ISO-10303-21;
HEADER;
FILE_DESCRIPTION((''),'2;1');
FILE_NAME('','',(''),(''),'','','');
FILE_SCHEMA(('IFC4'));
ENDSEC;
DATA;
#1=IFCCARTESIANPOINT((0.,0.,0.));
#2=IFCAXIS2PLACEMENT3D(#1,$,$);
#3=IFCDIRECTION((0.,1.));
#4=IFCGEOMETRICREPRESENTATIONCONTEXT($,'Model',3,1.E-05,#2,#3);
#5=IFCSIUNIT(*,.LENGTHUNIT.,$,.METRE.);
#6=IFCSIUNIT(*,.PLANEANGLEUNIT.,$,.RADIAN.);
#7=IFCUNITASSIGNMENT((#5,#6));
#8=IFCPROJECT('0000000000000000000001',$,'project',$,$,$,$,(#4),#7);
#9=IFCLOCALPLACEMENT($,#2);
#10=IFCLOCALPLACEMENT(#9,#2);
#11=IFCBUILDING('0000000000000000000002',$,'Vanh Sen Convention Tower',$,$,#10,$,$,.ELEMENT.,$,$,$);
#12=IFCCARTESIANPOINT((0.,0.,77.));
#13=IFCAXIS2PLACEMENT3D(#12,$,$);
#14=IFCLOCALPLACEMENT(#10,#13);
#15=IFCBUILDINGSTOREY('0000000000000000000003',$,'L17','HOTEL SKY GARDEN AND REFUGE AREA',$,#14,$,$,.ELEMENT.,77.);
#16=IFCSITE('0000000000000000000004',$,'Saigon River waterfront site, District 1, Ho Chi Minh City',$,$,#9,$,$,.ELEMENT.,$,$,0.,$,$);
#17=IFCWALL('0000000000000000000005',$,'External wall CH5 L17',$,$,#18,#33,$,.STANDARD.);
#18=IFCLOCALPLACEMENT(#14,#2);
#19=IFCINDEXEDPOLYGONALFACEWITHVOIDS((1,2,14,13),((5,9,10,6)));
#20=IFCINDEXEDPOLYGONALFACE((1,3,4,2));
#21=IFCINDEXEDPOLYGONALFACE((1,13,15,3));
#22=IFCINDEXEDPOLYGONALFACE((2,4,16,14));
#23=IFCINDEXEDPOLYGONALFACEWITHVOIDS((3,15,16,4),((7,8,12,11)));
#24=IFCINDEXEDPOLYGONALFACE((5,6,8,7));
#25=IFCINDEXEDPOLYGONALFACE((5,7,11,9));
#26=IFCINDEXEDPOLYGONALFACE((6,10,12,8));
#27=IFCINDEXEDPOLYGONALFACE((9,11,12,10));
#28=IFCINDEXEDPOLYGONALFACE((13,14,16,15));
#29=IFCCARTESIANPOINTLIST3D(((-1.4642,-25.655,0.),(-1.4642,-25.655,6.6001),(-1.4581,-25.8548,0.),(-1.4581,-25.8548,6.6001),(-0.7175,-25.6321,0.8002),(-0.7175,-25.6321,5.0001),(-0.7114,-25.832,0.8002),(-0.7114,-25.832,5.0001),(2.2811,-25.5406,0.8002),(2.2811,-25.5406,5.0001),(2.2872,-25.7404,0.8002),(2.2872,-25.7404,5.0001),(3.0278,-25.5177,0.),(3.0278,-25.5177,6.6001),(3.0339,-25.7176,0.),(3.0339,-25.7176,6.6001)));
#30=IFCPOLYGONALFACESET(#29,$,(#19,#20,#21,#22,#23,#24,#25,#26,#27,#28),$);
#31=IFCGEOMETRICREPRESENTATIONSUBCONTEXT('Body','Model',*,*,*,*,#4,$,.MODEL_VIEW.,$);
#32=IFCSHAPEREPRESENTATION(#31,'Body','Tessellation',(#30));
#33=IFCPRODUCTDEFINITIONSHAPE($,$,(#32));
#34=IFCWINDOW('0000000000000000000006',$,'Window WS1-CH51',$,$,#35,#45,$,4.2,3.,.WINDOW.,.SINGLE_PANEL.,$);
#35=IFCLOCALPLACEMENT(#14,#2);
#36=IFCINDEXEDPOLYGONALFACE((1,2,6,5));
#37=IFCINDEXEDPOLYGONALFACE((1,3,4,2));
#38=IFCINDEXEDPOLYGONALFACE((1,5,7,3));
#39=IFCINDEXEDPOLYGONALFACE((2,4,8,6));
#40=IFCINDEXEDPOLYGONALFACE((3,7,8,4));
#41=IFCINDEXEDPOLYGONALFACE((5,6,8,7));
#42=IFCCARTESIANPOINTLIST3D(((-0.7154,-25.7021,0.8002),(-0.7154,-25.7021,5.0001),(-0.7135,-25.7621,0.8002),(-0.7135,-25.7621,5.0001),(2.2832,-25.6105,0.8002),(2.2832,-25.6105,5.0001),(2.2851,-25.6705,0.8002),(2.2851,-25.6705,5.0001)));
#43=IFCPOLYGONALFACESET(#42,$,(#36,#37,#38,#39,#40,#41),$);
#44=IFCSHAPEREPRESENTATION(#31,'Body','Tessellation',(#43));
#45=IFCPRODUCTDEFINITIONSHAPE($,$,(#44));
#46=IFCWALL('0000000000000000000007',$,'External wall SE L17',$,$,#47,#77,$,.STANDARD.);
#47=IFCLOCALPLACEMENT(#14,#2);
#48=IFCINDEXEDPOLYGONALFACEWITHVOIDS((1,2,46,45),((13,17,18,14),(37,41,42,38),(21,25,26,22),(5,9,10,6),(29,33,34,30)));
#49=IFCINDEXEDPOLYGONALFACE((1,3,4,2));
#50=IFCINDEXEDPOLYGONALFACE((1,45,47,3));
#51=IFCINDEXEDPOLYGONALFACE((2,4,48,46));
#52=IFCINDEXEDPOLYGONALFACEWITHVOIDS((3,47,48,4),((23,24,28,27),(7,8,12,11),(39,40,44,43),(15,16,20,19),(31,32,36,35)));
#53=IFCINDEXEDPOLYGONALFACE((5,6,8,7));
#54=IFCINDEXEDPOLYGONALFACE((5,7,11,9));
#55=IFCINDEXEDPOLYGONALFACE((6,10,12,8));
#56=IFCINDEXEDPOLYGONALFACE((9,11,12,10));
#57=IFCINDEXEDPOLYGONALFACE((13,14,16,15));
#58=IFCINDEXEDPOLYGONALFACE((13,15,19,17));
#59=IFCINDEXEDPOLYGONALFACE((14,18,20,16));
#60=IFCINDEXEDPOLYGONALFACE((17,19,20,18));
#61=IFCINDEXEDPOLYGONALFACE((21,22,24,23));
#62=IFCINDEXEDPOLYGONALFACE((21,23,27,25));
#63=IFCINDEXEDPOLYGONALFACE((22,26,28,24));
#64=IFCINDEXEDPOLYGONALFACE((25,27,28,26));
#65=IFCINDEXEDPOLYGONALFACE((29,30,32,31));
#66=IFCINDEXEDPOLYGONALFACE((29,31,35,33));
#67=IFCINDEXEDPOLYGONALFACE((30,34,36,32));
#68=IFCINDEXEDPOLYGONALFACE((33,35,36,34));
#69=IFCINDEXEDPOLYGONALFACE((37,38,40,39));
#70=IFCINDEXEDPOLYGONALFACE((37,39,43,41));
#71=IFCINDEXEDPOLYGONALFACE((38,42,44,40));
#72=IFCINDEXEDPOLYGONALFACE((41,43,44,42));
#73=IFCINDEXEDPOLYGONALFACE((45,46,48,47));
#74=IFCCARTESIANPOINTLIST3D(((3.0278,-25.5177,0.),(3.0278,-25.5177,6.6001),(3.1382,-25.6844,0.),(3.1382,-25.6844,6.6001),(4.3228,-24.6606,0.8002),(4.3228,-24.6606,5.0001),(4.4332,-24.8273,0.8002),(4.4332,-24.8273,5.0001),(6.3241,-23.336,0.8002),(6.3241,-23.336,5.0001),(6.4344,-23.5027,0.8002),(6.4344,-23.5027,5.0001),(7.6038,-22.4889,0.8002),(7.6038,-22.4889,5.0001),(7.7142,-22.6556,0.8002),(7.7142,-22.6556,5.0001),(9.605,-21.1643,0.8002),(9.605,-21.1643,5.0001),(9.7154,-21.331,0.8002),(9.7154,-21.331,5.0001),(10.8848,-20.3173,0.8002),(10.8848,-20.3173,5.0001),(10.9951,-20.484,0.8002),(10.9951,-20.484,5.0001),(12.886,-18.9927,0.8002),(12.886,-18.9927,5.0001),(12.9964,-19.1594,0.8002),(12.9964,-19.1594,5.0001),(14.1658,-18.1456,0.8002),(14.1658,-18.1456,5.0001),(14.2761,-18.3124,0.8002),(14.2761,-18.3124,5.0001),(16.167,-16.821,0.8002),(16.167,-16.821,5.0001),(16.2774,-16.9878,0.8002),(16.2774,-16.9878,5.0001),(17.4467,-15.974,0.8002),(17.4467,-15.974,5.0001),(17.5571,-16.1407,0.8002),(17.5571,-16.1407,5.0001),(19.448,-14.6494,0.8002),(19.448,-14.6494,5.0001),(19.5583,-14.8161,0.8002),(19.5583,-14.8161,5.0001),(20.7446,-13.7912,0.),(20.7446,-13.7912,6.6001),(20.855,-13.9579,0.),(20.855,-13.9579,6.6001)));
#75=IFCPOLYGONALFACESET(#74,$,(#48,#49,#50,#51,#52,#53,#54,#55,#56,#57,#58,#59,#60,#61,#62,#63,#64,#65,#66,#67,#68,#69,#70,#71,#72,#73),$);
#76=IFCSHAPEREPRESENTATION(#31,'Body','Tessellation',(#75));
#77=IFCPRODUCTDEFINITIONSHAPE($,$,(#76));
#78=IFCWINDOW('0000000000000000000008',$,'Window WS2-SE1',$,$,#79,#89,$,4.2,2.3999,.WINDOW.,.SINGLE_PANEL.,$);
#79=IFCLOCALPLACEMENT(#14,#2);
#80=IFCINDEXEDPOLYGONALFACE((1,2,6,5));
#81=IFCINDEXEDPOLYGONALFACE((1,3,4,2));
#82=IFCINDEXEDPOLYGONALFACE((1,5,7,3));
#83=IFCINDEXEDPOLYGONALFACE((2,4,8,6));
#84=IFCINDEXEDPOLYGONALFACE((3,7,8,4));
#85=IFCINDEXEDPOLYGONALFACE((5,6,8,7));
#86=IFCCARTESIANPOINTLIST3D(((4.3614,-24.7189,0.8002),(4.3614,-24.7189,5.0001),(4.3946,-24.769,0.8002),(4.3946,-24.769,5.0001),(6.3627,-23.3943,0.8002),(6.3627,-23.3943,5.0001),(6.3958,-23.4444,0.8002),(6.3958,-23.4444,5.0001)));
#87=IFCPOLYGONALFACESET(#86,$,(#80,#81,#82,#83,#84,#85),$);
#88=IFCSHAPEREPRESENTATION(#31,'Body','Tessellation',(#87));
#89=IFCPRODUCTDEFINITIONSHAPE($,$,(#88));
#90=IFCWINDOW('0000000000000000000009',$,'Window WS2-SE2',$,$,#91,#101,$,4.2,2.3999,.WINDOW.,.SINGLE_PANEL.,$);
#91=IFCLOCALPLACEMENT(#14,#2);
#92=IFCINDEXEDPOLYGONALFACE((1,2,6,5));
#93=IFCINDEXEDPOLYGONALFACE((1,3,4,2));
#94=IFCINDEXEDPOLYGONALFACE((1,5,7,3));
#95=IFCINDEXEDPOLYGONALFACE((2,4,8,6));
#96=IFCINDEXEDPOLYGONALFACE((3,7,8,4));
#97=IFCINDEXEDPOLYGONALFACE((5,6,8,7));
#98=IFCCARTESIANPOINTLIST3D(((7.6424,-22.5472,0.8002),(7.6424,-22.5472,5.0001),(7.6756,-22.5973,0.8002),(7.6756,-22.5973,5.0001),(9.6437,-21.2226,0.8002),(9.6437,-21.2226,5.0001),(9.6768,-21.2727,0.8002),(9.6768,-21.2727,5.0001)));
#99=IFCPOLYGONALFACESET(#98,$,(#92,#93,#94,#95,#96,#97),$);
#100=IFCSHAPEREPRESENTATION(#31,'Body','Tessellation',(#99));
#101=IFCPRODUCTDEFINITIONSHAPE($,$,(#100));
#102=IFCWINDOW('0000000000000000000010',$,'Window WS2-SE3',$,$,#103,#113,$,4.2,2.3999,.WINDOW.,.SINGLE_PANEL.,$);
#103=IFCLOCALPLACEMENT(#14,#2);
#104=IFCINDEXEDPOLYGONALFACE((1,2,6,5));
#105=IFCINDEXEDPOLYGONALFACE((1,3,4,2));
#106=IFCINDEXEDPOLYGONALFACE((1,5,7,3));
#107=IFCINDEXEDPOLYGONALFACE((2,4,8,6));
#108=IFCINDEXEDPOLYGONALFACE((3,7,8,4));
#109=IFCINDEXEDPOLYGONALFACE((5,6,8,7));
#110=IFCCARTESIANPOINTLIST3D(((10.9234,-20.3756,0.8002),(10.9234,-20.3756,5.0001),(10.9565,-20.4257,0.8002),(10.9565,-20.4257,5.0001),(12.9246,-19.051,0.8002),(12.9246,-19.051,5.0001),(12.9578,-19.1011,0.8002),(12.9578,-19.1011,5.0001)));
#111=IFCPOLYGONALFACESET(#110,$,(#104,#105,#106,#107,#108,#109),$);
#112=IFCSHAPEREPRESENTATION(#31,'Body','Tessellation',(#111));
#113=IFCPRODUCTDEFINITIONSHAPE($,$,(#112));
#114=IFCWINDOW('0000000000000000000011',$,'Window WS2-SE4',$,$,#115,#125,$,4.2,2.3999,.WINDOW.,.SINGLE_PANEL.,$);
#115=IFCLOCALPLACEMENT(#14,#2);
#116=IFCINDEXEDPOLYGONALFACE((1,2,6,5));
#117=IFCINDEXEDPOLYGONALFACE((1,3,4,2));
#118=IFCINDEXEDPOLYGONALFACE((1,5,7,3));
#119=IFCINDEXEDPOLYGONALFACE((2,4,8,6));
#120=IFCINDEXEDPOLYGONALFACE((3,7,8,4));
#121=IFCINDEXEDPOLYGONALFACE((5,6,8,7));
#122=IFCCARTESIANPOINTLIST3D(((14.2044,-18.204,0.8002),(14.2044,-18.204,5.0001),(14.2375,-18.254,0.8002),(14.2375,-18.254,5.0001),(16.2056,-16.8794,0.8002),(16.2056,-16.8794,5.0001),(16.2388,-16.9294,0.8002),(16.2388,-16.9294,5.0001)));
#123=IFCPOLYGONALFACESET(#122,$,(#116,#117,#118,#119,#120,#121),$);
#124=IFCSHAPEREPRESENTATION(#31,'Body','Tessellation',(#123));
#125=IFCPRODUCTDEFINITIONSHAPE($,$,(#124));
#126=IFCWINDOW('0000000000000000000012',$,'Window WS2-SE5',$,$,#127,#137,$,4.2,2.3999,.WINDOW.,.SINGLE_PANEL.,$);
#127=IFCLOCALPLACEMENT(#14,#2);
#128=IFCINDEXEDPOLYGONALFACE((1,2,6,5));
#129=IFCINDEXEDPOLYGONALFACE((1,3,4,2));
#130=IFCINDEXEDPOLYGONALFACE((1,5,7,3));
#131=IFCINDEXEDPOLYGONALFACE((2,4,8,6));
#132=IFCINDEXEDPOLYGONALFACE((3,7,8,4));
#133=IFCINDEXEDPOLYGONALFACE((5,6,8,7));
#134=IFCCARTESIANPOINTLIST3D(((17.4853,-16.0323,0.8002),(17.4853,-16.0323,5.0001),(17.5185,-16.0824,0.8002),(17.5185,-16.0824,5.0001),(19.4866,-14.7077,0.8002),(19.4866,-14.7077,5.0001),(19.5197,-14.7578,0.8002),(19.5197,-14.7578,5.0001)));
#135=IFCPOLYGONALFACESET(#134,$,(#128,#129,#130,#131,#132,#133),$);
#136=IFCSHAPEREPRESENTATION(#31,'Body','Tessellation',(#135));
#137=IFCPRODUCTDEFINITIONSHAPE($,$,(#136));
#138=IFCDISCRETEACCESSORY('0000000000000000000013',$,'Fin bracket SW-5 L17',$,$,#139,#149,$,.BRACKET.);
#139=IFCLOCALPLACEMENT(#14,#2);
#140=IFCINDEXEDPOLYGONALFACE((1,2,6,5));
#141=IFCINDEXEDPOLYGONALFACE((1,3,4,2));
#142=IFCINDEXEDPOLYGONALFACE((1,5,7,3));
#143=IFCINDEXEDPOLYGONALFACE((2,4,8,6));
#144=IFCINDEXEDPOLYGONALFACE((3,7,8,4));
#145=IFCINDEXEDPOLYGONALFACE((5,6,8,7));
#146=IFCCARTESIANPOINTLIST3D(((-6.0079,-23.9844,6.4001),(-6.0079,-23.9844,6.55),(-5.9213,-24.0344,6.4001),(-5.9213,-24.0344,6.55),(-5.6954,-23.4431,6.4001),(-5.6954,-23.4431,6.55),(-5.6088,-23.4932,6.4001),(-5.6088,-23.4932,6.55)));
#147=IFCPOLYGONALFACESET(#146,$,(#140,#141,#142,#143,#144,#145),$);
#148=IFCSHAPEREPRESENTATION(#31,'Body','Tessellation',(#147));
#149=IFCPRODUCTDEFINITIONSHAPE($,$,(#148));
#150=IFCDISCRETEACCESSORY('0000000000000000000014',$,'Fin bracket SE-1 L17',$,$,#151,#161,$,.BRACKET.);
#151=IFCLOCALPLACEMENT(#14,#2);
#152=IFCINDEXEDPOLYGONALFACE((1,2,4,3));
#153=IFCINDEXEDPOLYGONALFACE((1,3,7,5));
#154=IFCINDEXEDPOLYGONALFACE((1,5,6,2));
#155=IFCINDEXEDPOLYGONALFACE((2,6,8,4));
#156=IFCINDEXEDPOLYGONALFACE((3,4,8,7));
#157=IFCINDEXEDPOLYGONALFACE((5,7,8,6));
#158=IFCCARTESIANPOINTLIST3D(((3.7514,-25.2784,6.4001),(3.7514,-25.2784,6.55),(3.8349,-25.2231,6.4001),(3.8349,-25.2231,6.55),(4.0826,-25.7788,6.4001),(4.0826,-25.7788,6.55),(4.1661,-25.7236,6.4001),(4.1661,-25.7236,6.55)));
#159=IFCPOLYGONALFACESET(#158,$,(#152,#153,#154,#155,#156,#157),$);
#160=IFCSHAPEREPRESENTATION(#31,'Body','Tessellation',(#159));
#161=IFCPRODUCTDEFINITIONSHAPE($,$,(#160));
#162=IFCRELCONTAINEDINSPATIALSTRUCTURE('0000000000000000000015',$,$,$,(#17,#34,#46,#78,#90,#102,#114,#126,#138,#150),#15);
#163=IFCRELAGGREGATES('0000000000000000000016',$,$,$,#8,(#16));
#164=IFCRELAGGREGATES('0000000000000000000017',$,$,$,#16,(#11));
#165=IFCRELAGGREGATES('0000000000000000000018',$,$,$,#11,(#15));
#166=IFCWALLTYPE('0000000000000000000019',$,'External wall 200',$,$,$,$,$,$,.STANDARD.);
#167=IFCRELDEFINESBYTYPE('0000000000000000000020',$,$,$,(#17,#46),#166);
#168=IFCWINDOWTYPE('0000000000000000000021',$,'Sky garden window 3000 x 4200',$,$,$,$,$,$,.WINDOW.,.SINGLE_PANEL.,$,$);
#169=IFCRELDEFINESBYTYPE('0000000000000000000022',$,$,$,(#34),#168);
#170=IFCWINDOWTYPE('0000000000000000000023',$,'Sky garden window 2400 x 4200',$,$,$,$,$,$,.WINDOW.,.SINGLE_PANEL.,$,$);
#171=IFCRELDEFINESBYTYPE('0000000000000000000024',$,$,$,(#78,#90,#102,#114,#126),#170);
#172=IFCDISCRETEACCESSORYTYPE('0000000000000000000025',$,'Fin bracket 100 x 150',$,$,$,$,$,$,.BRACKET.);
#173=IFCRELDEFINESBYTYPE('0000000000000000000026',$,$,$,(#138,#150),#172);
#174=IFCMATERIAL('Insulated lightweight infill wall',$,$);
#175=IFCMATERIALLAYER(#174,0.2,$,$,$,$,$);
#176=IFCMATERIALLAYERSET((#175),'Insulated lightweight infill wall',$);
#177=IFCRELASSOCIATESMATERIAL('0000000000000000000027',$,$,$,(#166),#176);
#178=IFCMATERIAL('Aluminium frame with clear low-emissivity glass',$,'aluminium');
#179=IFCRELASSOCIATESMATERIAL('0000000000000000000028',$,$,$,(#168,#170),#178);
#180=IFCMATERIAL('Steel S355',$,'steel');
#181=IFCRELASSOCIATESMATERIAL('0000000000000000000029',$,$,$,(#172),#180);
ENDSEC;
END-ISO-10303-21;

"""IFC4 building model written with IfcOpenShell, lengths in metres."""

from ifc_helpers import new_model, si_unit, direction, frame, frame_2d, origin, origin_2d, place, context, subcontext, project, spatial, rectangle, extrude, material, layer, layer_set, type_object, element, fill, save


model = new_model("IFC4")

# Units and contexts
model_context = context("Model", 3, precision=1e-05, world=origin(), true_north=direction((0.0, 1.0)))
body_context = subcontext(model_context, "Body", "Model", "MODEL_VIEW")
ifc_project = project(units=[si_unit("LENGTHUNIT", "METRE"), si_unit("PLANEANGLEUNIT", "RADIAN")], contexts=[model_context])

# Site, building, storey
site_placement = place(None, origin())
site = spatial("IfcSite", under=ifc_project, at=site_placement, Name="Saigon River waterfront site, District 1, Ho Chi Minh City", CompositionType="ELEMENT", RefElevation=0.0)
building_placement = place(site_placement, origin())
building = spatial("IfcBuilding", under=site, at=building_placement, Name="Vanh Sen Convention Tower", CompositionType="ELEMENT")
storey_placement = place(building_placement, frame((0.0, 0.0, 77.0)))
storey = spatial("IfcBuildingStorey", under=building, at=storey_placement, Name="L17", Description="HOTEL SKY GARDEN AND REFUGE AREA", CompositionType="ELEMENT", Elevation=77.0)

# Wall, opening, window
ifc_material_1 = material(Name="Insulated lightweight infill wall")
ifc_layer_1 = layer(ifc_material_1, 0.2)
ifc_layer_set_1 = layer_set([ifc_layer_1], Name="Insulated lightweight infill wall")
wall_type = type_object("IfcWallType", Name="External wall 200", PredefinedType="STANDARD", material=ifc_layer_set_1)
wall_1_placement = place(storey_placement, frame((-1.4612, -25.7549, 0.0), z_axis=(0.0, 0.0, 1.0), x_axis=(0.999534, 0.030531, 0.0)))
wall_1 = element("IfcWall", 1, at=wall_1_placement, inside=storey, type_object=wall_type, Name="External wall CH5 L17", PredefinedType="STANDARD", context=body_context, shape_type="SweptSolid", body=[
    extrude(rectangle(XDim=4.4941, YDim=0.2, at=frame_2d((2.2471, 0.0))), origin(), (0.0, 0.0, 1.0), 6.6001),
])
opening_1_placement = place(wall_1_placement, frame((0.7471, 0.0, 0.8)))
opening_1 = element("IfcOpeningElement", 2, at=opening_1_placement, cuts=wall_1, PredefinedType="OPENING", context=body_context, shape_type="SweptSolid", body=[
    extrude(rectangle(XDim=3.0, YDim=4.2, at=frame_2d((1.5, 2.1001))), frame((0.0, 0.1099, 0.0), z_axis=(0.0, -1.0, 0.0), x_axis=(1.0, 0.0, 0.0)), (0.0, 0.0, 1.0), 0.22),
])
ifc_material_2 = material(Name="Aluminium frame with clear low-emissivity glass", Category="aluminium")
window_type_1 = type_object("IfcWindowType", Name="Sky garden window 3000 x 4200", PartitioningType="SINGLE_PANEL", PredefinedType="WINDOW", material=ifc_material_2)
window_1_placement = place(opening_1_placement, origin())
window_1 = element("IfcWindow", 3, at=window_1_placement, inside=storey, type_object=window_type_1, Name="Window WS1-CH51", OverallHeight=4.2, OverallWidth=3.0, PartitioningType="SINGLE_PANEL", PredefinedType="WINDOW", context=body_context, shape_type="SweptSolid", body=[
    extrude(rectangle(XDim=3.0, YDim=4.2, at=frame_2d((1.5, 2.1001))), frame((0.0, 0.03, 0.0), z_axis=(0.0, -1.0, 0.0), x_axis=(1.0, 0.0, 0.0)), (0.0, 0.0, 1.0), 0.0601),
])
fill(opening_1, window_1)

# Wall, openings, windows
wall_2_placement = place(storey_placement, frame((3.083, -25.6011, 0.0), z_axis=(0.0, 0.0, 1.0), x_axis=(0.833884, 0.551939, 0.0)))
wall_2 = element("IfcWall", 4, at=wall_2_placement, inside=storey, type_object=wall_type, Name="External wall SE L17", PredefinedType="STANDARD", context=body_context, shape_type="SweptSolid", body=[
    extrude(rectangle(XDim=21.2461, YDim=0.2, at=frame_2d((10.623, 0.0))), origin(), (0.0, 0.0, 1.0), 6.6001),
])
opening_2_placement = place(wall_2_placement, frame((1.553, 0.0, 0.8)))
opening_2 = element("IfcOpeningElement", 5, at=opening_2_placement, cuts=wall_2, PredefinedType="OPENING", context=body_context, shape_type="SweptSolid", body=[
    extrude(rectangle(XDim=2.3999, YDim=4.2, at=frame_2d((1.2, 2.1001))), frame((0.0, 0.1099, 0.0), z_axis=(0.0, -1.0, 0.0), x_axis=(1.0, 0.0, 0.0)), (0.0, 0.0, 1.0), 0.22),
])
opening_3_placement = place(wall_2_placement, frame((5.4875, 0.0, 0.8)))
opening_3 = element("IfcOpeningElement", 6, at=opening_3_placement, cuts=wall_2, PredefinedType="OPENING", context=body_context, shape_type="SweptSolid", body=[
    extrude(rectangle(XDim=2.3999, YDim=4.2, at=frame_2d((1.2, 2.1001))), frame((0.0, 0.1099, 0.0), z_axis=(0.0, -1.0, 0.0), x_axis=(1.0, 0.0, 0.0)), (0.0, 0.0, 1.0), 0.22),
])
opening_4_placement = place(wall_2_placement, frame((9.4221, 0.0, 0.8)))
opening_4 = element("IfcOpeningElement", 7, at=opening_4_placement, cuts=wall_2, PredefinedType="OPENING", context=body_context, shape_type="SweptSolid", body=[
    extrude(rectangle(XDim=2.3999, YDim=4.2, at=frame_2d((1.2, 2.1001))), frame((0.0, 0.1099, 0.0), z_axis=(0.0, -1.0, 0.0), x_axis=(1.0, 0.0, 0.0)), (0.0, 0.0, 1.0), 0.22),
])
opening_5_placement = place(wall_2_placement, frame((13.3567, 0.0, 0.8)))
opening_5 = element("IfcOpeningElement", 8, at=opening_5_placement, cuts=wall_2, PredefinedType="OPENING", context=body_context, shape_type="SweptSolid", body=[
    extrude(rectangle(XDim=2.3999, YDim=4.2, at=frame_2d((1.2, 2.1001))), frame((0.0, 0.1099, 0.0), z_axis=(0.0, -1.0, 0.0), x_axis=(1.0, 0.0, 0.0)), (0.0, 0.0, 1.0), 0.22),
])
opening_6_placement = place(wall_2_placement, frame((17.2913, 0.0, 0.8)))
opening_6 = element("IfcOpeningElement", 9, at=opening_6_placement, cuts=wall_2, PredefinedType="OPENING", context=body_context, shape_type="SweptSolid", body=[
    extrude(rectangle(XDim=2.3999, YDim=4.2, at=frame_2d((1.2, 2.1001))), frame((0.0, 0.1099, 0.0), z_axis=(0.0, -1.0, 0.0), x_axis=(1.0, 0.0, 0.0)), (0.0, 0.0, 1.0), 0.22),
])
window_type_2 = type_object("IfcWindowType", Name="Sky garden window 2400 x 4200", PartitioningType="SINGLE_PANEL", PredefinedType="WINDOW", material=ifc_material_2)
window_2_placement = place(opening_2_placement, origin())
window_2 = element("IfcWindow", 10, at=window_2_placement, inside=storey, type_object=window_type_2, Name="Window WS2-SE1", OverallHeight=4.2, OverallWidth=2.3999, PartitioningType="SINGLE_PANEL", PredefinedType="WINDOW", context=body_context, shape_type="SweptSolid", body=[
    extrude(rectangle(XDim=2.3999, YDim=4.2, at=frame_2d((1.2, 2.1001))), frame((0.0, 0.03, 0.0), z_axis=(0.0, -1.0, 0.0), x_axis=(1.0, 0.0, 0.0)), (0.0, 0.0, 1.0), 0.0601),
])
fill(opening_2, window_2)
window_3_placement = place(opening_3_placement, origin())
window_3 = element("IfcWindow", 11, at=window_3_placement, inside=storey, type_object=window_type_2, Name="Window WS2-SE2", OverallHeight=4.2, OverallWidth=2.3999, PartitioningType="SINGLE_PANEL", PredefinedType="WINDOW", context=body_context, shape_type="SweptSolid", body=[
    extrude(rectangle(XDim=2.3999, YDim=4.2, at=frame_2d((1.2, 2.1001))), frame((0.0, 0.03, 0.0), z_axis=(0.0, -1.0, 0.0), x_axis=(1.0, 0.0, 0.0)), (0.0, 0.0, 1.0), 0.0601),
])
fill(opening_3, window_3)
window_4_placement = place(opening_4_placement, origin())
window_4 = element("IfcWindow", 12, at=window_4_placement, inside=storey, type_object=window_type_2, Name="Window WS2-SE3", OverallHeight=4.2, OverallWidth=2.3999, PartitioningType="SINGLE_PANEL", PredefinedType="WINDOW", context=body_context, shape_type="SweptSolid", body=[
    extrude(rectangle(XDim=2.3999, YDim=4.2, at=frame_2d((1.2, 2.1001))), frame((0.0, 0.03, 0.0), z_axis=(0.0, -1.0, 0.0), x_axis=(1.0, 0.0, 0.0)), (0.0, 0.0, 1.0), 0.0601),
])
fill(opening_4, window_4)
window_5_placement = place(opening_5_placement, origin())
window_5 = element("IfcWindow", 13, at=window_5_placement, inside=storey, type_object=window_type_2, Name="Window WS2-SE4", OverallHeight=4.2, OverallWidth=2.3999, PartitioningType="SINGLE_PANEL", PredefinedType="WINDOW", context=body_context, shape_type="SweptSolid", body=[
    extrude(rectangle(XDim=2.3999, YDim=4.2, at=frame_2d((1.2, 2.1001))), frame((0.0, 0.03, 0.0), z_axis=(0.0, -1.0, 0.0), x_axis=(1.0, 0.0, 0.0)), (0.0, 0.0, 1.0), 0.0601),
])
fill(opening_5, window_5)
window_6_placement = place(opening_6_placement, origin())
window_6 = element("IfcWindow", 14, at=window_6_placement, inside=storey, type_object=window_type_2, Name="Window WS2-SE5", OverallHeight=4.2, OverallWidth=2.3999, PartitioningType="SINGLE_PANEL", PredefinedType="WINDOW", context=body_context, shape_type="SweptSolid", body=[
    extrude(rectangle(XDim=2.3999, YDim=4.2, at=frame_2d((1.2, 2.1001))), frame((0.0, 0.03, 0.0), z_axis=(0.0, -1.0, 0.0), x_axis=(1.0, 0.0, 0.0)), (0.0, 0.0, 1.0), 0.0601),
])
fill(opening_6, window_6)

# Discrete accessories
ifc_material_3 = material(Name="Steel S355", Category="steel")
discrete_accessory_type = type_object("IfcDiscreteAccessoryType", Name="Fin bracket 100 x 150", PredefinedType="BRACKET", material=ifc_material_3)
discrete_accessory_1_placement = place(storey_placement, frame((-5.8083, -23.7388, 6.4001), z_axis=(0.0, 0.0, 1.0), x_axis=(-0.5, -0.866025, 0.0)))
element("IfcDiscreteAccessory", 15, at=discrete_accessory_1_placement, inside=storey, type_object=discrete_accessory_type, Name="Fin bracket SW-5 L17", PredefinedType="BRACKET", context=body_context, shape_type="SweptSolid", body=[
    extrude(rectangle(XDim=0.625, YDim=0.1001, at=origin_2d()), origin(), (0.0, 0.0, 1.0), 0.1499),
])
discrete_accessory_2_placement = place(storey_placement, frame((3.9587, -25.501, 6.4001), z_axis=(0.0, 0.0, 1.0), x_axis=(0.551937, -0.833886, 0.0)))
element("IfcDiscreteAccessory", 16, at=discrete_accessory_2_placement, inside=storey, type_object=discrete_accessory_type, Name="Fin bracket SE-1 L17", PredefinedType="BRACKET", context=body_context, shape_type="SweptSolid", body=[
    extrude(rectangle(XDim=0.6001, YDim=0.1001, at=origin_2d()), origin(), (0.0, 0.0, 1.0), 0.1499),
])

save(model, "model.ifc")
